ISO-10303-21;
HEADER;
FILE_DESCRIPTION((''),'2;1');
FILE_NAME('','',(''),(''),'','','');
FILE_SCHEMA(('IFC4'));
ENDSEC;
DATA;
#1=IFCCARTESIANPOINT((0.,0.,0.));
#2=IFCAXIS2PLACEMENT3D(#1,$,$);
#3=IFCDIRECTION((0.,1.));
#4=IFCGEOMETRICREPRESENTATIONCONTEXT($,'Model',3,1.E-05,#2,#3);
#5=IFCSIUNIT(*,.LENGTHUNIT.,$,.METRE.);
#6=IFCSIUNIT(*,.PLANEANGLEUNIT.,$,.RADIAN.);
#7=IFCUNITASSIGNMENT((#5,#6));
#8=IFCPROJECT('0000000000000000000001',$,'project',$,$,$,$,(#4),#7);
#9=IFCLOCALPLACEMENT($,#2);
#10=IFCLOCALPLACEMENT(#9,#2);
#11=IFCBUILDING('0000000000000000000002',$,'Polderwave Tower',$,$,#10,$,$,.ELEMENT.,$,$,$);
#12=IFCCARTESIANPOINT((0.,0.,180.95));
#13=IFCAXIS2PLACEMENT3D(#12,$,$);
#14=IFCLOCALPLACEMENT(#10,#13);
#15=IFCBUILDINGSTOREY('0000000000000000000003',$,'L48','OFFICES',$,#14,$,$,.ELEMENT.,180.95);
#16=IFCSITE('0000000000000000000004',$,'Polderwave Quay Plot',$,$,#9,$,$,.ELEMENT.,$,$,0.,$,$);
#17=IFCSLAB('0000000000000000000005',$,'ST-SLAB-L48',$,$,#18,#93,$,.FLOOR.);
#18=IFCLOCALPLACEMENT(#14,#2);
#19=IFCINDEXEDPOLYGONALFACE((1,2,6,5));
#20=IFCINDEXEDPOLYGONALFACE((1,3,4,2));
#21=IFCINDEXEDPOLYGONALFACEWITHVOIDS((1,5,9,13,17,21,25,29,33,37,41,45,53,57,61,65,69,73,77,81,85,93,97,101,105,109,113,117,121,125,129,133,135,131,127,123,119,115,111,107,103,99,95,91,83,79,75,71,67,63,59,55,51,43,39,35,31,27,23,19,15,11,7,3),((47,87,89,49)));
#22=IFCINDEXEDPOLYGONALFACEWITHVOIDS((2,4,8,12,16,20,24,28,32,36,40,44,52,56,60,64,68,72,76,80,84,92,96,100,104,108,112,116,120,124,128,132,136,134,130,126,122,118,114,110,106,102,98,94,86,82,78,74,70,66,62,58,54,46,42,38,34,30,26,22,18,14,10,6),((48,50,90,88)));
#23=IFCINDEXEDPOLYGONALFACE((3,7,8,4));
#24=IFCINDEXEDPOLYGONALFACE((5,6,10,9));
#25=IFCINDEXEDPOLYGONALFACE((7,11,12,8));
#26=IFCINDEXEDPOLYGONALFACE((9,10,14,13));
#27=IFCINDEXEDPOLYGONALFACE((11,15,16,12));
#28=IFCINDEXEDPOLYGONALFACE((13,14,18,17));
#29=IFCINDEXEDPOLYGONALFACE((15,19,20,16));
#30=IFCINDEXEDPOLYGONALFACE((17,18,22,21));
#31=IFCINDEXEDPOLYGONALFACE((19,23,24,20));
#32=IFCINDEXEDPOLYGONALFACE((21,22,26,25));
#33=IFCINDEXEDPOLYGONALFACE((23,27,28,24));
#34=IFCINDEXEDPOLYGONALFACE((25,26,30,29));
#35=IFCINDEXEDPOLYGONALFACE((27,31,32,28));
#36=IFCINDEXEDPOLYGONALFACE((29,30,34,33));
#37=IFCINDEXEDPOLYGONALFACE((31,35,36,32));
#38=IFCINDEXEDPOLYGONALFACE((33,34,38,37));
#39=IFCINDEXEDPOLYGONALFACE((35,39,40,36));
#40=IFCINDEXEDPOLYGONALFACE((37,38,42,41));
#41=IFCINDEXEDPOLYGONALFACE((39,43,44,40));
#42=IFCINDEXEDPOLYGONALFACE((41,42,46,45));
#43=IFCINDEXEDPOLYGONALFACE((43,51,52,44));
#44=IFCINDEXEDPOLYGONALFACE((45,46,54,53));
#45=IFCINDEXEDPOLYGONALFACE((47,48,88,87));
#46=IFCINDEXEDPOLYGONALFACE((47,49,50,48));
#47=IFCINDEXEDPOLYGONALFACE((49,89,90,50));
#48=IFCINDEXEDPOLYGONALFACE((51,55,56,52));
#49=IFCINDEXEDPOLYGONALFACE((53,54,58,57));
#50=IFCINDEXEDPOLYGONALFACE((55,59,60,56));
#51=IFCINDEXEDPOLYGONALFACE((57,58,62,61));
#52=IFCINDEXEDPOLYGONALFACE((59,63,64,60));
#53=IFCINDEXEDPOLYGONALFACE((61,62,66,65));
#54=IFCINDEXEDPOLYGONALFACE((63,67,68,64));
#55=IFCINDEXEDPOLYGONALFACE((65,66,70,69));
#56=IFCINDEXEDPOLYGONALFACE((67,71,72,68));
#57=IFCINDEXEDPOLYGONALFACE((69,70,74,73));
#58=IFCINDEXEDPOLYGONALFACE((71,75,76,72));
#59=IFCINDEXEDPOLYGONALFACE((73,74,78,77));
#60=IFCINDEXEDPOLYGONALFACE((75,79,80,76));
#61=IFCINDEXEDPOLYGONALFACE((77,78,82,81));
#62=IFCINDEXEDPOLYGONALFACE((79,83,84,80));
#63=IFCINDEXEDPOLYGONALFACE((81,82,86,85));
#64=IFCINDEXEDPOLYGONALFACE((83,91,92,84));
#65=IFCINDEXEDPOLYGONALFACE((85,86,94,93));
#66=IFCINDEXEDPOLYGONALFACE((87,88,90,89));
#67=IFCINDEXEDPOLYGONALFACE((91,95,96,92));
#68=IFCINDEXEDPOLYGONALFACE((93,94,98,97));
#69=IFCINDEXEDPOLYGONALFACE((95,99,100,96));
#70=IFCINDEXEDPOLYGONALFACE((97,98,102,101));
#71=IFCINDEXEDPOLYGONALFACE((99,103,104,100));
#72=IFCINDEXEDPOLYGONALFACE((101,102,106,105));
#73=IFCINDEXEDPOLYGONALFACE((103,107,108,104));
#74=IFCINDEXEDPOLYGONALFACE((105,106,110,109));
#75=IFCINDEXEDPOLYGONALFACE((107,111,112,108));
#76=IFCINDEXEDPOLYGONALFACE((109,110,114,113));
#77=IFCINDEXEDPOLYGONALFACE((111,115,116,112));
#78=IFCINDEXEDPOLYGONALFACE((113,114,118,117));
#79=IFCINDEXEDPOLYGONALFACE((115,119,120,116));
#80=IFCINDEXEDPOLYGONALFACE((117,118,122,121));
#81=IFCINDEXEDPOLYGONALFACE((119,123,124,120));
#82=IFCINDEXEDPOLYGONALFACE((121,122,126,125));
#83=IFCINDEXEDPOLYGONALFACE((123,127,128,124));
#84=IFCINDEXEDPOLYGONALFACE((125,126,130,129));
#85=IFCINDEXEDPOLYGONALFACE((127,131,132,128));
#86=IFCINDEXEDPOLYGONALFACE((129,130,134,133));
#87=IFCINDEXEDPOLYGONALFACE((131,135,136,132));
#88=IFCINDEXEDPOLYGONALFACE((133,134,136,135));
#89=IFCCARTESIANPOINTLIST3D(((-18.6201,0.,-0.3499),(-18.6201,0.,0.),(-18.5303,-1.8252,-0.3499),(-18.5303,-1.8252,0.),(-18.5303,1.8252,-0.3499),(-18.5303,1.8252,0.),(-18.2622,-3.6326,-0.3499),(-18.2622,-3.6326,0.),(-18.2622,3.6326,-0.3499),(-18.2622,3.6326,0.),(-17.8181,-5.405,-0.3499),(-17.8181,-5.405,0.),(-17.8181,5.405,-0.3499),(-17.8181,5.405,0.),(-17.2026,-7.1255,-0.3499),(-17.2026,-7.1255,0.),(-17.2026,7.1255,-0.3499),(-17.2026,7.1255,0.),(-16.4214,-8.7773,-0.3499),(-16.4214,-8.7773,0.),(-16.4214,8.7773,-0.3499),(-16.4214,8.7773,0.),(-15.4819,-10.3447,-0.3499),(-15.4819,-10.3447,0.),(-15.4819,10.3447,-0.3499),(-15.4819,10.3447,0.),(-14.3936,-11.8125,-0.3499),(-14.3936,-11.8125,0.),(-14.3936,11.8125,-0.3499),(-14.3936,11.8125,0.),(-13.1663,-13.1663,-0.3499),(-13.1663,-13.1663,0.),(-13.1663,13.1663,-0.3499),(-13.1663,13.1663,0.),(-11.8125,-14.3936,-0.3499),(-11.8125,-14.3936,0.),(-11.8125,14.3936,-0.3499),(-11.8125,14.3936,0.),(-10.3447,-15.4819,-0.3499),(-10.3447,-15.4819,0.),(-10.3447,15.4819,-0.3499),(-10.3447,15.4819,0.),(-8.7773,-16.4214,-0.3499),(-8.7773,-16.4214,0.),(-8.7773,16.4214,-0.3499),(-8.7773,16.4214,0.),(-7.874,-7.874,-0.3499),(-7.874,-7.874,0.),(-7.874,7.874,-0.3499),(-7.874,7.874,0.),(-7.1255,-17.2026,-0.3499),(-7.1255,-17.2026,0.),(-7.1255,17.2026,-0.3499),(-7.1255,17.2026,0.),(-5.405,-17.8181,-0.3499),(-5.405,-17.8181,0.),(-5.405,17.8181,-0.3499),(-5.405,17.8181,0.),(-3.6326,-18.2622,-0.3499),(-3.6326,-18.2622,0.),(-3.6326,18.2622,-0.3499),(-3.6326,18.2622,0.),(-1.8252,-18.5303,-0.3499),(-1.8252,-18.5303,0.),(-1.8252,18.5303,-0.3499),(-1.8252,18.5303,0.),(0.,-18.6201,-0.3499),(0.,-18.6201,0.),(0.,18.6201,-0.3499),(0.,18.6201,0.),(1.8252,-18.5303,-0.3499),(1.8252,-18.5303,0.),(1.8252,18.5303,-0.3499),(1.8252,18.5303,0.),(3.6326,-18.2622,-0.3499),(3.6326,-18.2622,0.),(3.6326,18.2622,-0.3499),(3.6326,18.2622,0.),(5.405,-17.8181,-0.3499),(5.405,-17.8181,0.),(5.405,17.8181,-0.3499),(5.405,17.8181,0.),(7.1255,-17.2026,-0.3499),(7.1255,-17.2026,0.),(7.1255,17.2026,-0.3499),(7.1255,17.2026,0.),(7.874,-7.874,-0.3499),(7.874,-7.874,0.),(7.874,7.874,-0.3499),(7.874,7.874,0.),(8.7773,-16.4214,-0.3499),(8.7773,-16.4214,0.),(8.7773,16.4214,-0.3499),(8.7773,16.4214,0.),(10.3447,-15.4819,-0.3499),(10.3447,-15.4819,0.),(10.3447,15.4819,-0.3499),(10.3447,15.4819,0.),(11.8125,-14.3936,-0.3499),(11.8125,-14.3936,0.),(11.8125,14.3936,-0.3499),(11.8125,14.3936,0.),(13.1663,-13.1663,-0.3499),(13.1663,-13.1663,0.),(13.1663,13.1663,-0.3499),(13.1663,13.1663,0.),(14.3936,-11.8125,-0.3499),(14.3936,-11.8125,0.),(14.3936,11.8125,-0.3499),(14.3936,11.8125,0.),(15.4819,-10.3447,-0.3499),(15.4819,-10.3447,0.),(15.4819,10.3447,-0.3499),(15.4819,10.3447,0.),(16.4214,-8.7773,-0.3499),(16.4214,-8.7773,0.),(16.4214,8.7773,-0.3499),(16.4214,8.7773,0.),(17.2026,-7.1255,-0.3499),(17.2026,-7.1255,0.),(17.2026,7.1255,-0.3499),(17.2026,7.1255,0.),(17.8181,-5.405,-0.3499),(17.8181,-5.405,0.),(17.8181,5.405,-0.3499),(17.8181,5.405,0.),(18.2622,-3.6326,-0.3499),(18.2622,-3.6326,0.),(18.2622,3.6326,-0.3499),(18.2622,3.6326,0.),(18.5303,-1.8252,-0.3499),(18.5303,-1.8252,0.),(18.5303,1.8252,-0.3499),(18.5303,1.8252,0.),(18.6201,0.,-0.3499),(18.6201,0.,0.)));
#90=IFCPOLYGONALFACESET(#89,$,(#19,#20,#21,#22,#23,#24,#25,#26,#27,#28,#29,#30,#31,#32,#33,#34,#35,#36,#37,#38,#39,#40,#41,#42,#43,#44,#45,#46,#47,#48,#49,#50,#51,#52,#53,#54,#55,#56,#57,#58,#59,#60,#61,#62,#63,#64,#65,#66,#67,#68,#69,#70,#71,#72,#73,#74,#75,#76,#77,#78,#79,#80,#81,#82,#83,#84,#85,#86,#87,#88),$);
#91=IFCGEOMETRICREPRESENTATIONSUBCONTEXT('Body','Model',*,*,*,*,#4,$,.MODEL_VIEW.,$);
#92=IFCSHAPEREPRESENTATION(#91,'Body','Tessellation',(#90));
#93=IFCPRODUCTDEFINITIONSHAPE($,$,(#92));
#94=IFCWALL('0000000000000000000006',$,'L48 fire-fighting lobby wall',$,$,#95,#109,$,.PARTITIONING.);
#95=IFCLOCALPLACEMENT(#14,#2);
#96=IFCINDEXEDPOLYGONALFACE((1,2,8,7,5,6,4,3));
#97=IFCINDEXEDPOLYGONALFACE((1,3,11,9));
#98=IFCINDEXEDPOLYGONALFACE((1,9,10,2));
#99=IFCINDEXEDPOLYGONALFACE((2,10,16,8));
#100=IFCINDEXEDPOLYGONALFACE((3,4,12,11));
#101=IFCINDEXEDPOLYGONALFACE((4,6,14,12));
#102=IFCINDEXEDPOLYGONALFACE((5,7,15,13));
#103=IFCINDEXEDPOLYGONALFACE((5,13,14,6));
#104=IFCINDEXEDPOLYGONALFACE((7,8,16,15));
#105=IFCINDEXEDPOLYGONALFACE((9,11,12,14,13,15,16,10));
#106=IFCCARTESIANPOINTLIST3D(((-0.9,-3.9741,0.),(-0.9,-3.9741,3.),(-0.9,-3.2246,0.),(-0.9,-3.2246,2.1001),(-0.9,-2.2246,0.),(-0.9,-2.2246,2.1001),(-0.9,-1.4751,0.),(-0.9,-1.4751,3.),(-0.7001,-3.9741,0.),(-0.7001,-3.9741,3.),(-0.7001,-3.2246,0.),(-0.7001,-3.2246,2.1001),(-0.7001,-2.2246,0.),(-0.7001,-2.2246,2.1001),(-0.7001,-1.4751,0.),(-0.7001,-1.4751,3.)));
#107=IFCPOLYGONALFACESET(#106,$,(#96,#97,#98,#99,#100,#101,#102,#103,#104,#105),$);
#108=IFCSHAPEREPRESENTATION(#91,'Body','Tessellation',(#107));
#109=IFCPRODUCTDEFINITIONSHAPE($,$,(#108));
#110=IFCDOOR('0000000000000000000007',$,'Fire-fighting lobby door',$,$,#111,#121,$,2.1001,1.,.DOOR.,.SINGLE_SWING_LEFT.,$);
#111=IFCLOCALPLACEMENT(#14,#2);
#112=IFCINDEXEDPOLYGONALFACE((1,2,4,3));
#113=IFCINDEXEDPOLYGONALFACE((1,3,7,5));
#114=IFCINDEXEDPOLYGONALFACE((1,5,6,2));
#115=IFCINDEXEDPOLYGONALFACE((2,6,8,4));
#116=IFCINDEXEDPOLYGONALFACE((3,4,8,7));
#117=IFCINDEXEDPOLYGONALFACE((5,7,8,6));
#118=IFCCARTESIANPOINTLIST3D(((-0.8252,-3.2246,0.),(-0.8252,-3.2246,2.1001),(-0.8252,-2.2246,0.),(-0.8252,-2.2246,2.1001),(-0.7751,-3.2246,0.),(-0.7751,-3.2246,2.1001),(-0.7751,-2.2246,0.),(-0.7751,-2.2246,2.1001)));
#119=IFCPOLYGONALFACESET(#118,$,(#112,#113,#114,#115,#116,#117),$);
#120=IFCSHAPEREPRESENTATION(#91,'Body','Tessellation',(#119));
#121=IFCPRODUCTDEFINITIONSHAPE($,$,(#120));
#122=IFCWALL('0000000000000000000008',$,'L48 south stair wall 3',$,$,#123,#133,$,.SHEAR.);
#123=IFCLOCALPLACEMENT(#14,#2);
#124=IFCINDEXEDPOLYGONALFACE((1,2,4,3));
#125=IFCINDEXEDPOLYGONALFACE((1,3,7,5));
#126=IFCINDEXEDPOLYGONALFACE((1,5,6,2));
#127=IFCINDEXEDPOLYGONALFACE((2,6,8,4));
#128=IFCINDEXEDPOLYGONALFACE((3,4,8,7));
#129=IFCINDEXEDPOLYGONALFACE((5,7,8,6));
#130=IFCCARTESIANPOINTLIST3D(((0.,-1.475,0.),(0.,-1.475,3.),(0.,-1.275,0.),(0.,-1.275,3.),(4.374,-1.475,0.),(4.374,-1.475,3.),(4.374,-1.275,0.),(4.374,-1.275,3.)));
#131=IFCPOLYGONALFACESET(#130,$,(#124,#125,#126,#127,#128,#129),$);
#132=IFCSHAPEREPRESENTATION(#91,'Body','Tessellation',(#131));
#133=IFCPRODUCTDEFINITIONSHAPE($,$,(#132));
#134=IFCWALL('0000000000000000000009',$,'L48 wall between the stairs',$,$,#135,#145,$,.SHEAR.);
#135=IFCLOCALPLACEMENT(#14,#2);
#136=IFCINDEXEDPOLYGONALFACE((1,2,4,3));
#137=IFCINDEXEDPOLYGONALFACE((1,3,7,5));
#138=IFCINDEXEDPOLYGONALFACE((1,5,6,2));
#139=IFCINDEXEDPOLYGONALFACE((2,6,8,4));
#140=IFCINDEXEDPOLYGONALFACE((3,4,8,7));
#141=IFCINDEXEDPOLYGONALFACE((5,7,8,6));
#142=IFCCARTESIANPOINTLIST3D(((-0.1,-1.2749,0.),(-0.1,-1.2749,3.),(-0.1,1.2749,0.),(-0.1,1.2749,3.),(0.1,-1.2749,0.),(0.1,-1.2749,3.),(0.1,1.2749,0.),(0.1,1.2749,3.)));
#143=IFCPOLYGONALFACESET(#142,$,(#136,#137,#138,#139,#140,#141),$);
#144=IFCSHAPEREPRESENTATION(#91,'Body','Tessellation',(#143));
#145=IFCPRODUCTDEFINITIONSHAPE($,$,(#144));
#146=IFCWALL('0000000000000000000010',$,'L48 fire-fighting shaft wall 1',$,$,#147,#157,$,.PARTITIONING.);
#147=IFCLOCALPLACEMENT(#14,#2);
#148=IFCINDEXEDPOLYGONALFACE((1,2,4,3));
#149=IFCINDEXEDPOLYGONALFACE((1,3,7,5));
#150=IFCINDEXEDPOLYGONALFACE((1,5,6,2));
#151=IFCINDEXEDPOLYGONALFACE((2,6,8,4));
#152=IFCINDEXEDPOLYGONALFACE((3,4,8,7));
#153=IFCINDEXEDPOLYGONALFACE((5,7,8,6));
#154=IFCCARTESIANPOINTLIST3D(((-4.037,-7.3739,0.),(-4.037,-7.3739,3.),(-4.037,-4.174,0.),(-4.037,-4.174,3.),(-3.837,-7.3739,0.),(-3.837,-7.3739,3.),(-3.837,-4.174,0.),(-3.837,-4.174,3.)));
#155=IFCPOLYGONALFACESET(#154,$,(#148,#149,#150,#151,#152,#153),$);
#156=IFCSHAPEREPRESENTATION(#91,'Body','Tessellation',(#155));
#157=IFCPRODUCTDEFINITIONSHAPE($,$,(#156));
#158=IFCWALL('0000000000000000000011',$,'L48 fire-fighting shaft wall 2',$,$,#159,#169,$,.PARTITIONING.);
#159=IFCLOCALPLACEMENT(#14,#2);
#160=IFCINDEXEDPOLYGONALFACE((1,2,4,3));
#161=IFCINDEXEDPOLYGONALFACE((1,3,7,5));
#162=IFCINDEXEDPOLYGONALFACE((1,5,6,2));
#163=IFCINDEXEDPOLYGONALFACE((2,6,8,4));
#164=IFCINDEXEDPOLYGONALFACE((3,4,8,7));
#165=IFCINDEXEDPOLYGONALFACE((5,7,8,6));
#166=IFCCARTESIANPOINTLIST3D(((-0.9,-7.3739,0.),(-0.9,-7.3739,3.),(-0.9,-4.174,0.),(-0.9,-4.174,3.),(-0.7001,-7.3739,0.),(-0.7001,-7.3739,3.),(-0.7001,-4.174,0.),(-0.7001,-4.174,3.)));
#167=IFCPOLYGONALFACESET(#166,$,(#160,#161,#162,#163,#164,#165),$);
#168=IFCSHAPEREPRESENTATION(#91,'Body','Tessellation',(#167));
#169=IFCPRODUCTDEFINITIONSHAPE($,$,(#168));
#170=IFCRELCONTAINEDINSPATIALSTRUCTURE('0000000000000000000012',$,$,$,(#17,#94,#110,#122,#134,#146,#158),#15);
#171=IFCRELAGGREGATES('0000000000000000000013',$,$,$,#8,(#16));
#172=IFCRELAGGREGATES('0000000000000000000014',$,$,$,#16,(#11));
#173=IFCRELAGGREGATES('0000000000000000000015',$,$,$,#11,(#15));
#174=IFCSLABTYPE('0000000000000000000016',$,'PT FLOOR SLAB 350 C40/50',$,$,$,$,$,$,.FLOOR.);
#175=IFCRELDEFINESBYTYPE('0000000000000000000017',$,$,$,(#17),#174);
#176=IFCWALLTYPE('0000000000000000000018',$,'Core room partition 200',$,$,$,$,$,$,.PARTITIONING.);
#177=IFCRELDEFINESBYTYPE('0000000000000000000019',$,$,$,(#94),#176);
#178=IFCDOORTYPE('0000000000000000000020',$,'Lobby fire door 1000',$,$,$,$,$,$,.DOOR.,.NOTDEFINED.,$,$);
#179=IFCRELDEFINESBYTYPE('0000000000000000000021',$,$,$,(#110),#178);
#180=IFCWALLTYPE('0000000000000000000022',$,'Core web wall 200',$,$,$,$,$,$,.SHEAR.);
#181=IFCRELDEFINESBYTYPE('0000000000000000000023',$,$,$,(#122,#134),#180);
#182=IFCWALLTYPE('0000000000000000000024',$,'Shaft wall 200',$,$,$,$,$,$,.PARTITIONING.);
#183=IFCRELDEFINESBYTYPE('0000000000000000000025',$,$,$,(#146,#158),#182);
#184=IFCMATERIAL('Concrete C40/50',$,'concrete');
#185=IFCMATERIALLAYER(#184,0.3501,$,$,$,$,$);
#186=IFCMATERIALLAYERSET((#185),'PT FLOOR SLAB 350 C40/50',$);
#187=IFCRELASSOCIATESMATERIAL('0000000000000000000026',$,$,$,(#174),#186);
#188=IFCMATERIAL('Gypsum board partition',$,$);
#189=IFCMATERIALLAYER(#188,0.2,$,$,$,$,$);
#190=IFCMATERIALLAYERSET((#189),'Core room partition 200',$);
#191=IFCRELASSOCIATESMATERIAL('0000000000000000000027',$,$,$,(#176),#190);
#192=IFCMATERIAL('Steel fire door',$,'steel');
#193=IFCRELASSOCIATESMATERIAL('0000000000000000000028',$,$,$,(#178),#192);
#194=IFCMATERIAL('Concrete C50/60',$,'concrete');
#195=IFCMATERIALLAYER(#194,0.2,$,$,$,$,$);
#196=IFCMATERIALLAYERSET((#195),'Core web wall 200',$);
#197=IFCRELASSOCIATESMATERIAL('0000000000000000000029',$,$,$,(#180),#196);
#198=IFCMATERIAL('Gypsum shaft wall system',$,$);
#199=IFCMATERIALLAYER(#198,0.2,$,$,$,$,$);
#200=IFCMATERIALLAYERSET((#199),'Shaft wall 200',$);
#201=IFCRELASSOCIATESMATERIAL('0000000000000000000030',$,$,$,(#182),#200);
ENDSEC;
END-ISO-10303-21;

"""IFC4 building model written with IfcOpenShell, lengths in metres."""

from ifc_helpers import new_model, si_unit, direction, frame, frame_2d, origin, place, context, subcontext, project, spatial, polyline, rectangle, outline, extrude, material, layer, layer_set, type_object, element, fill, save


model = new_model("IFC4")

# Units and contexts
model_context = context("Model", 3, precision=1e-05, world=origin(), true_north=direction((0.0, 1.0)))
body_context = subcontext(model_context, "Body", "Model", "MODEL_VIEW")
ifc_project = project(units=[si_unit("LENGTHUNIT", "METRE"), si_unit("PLANEANGLEUNIT", "RADIAN")], contexts=[model_context])

# Site, building, storey
site_placement = place(None, origin())
site = spatial("IfcSite", under=ifc_project, at=site_placement, Name="Polderwave Quay Plot", CompositionType="ELEMENT", RefElevation=0.0)
building_placement = place(site_placement, origin())
building = spatial("IfcBuilding", under=site, at=building_placement, Name="Polderwave Tower", CompositionType="ELEMENT")
storey_placement = place(building_placement, frame((0.0, 0.0, 180.95)))
storey = spatial("IfcBuildingStorey", under=building, at=storey_placement, Name="L48", Description="OFFICES", CompositionType="ELEMENT", Elevation=180.95)

# Slab
ifc_material_1 = material(Name="Concrete C40/50", Category="concrete")
ifc_layer_1 = layer(ifc_material_1, 0.3501)
ifc_layer_set_1 = layer_set([ifc_layer_1], Name="PT FLOOR SLAB 350 C40/50")
slab_type = type_object("IfcSlabType", Name="PT FLOOR SLAB 350 C40/50", PredefinedType="FLOOR", material=ifc_layer_set_1)
slab_placement = place(storey_placement, frame((0.0, 0.0, -0.3499)))
element("IfcSlab", 1, at=slab_placement, inside=storey, type_object=slab_type, Name="ST-SLAB-L48", PredefinedType="FLOOR", context=body_context, shape_type="SweptSolid", body=[
    extrude(outline(polyline([(18.6201, 0.0), (18.5303, 1.8252), (18.2622, 3.6326), (17.8181, 5.405), (17.2026, 7.1255), (16.4214, 8.7773), (15.4819, 10.3447), (14.3936, 11.8125), (13.1663, 13.1663), (11.8125, 14.3936), (10.3447, 15.4819), (8.7773, 16.4214), (7.1255, 17.2026), (5.405, 17.8181), (3.6326, 18.2622), (1.8252, 18.5303), (0.0, 18.6201), (-1.8252, 18.5303), (-3.6326, 18.2622), (-5.405, 17.8181), (-7.1255, 17.2026), (-8.7773, 16.4214), (-10.3447, 15.4819), (-11.8125, 14.3936), (-13.1663, 13.1663), (-14.3936, 11.8125), (-15.4819, 10.3447), (-16.4214, 8.7773), (-17.2026, 7.1255), (-17.8181, 5.405), (-18.2622, 3.6326), (-18.5303, 1.8252), (-18.6201, 0.0), (-18.5303, -1.8252), (-18.2622, -3.6326), (-17.8181, -5.405), (-17.2026, -7.1255), (-16.4214, -8.7773), (-15.4819, -10.3447), (-14.3936, -11.8125), (-13.1663, -13.1663), (-11.8125, -14.3936), (-10.3447, -15.4819), (-8.7773, -16.4214), (-7.1255, -17.2026), (-5.405, -17.8181), (-3.6326, -18.2622), (-1.8252, -18.5303), (0.0, -18.6201), (1.8252, -18.5303), (3.6326, -18.2622), (5.405, -17.8181), (7.1255, -17.2026), (8.7773, -16.4214), (10.3447, -15.4819), (11.8125, -14.3936), (13.1663, -13.1663), (14.3936, -11.8125), (15.4819, -10.3447), (16.4214, -8.7773), (17.2026, -7.1255), (17.8181, -5.405), (18.2622, -3.6326), (18.5303, -1.8252), (18.6201, 0.0)]), holes=[polyline([(-7.874, -7.874), (7.874, -7.874), (7.874, 7.874), (-7.874, 7.874), (-7.874, -7.874)])]), origin(), (0.0, 0.0, 1.0), 0.3499),
])

# Wall, opening, door
ifc_material_2 = material(Name="Gypsum board partition")
ifc_layer_2 = layer(ifc_material_2, 0.2)
ifc_layer_set_2 = layer_set([ifc_layer_2], Name="Core room partition 200")
wall_type_1 = type_object("IfcWallType", Name="Core room partition 200", PredefinedType="PARTITIONING", material=ifc_layer_set_2)
wall_1_placement = place(storey_placement, frame((-0.8, -3.9741, 0.0), z_axis=(0.0, 0.0, 1.0), x_axis=(0.0, 1.0, 0.0)))
wall_1 = element("IfcWall", 2, at=wall_1_placement, inside=storey, type_object=wall_type_1, Name="L48 fire-fighting lobby wall", PredefinedType="PARTITIONING", context=body_context, shape_type="SweptSolid", body=[
    extrude(rectangle(XDim=2.499, YDim=0.2, at=frame_2d((1.2495, 0.0))), origin(), (0.0, 0.0, 1.0), 3.0),
])
opening_placement = place(wall_1_placement, frame((0.7495, 0.0, 0.0)))
opening = element("IfcOpeningElement", 3, at=opening_placement, cuts=wall_1, PredefinedType="OPENING", context=body_context, shape_type="SweptSolid", body=[
    extrude(rectangle(XDim=1.0, YDim=2.1001, at=frame_2d((0.5, 1.05))), frame((0.0, 0.1099, 0.0), z_axis=(0.0, -1.0, 0.0), x_axis=(1.0, 0.0, 0.0)), (0.0, 0.0, 1.0), 0.22),
])
ifc_material_3 = material(Name="Steel fire door", Category="steel")
door_type = type_object("IfcDoorType", Name="Lobby fire door 1000", OperationType="NOTDEFINED", PredefinedType="DOOR", material=ifc_material_3)
door_placement = place(opening_placement, frame((1.0, 0.0, 0.0), z_axis=(0.0, 0.0, 1.0), x_axis=(-1.0, 0.0, 0.0)))
door = element("IfcDoor", 4, at=door_placement, inside=storey, type_object=door_type, Name="Fire-fighting lobby door", OperationType="SINGLE_SWING_LEFT", OverallHeight=2.1001, OverallWidth=1.0, PredefinedType="DOOR", context=body_context, shape_type="SweptSolid", body=[
    extrude(rectangle(XDim=1.0, YDim=2.1001, at=frame_2d((0.5, 1.05))), frame((0.0, 0.0249, 0.0), z_axis=(0.0, -1.0, 0.0), x_axis=(1.0, 0.0, 0.0)), (0.0, 0.0, 1.0), 0.05),
])
fill(opening, door)

# Walls
ifc_material_4 = material(Name="Concrete C50/60", Category="concrete")
ifc_layer_3 = layer(ifc_material_4, 0.2)
ifc_layer_set_3 = layer_set([ifc_layer_3], Name="Core web wall 200")
wall_type_2 = type_object("IfcWallType", Name="Core web wall 200", PredefinedType="SHEAR", material=ifc_layer_set_3)
wall_2_placement = place(storey_placement, frame((0.0, -1.375, 0.0), z_axis=(0.0, 0.0, 1.0), x_axis=(1.0, 0.0, 0.0)))
element("IfcWall", 5, at=wall_2_placement, inside=storey, type_object=wall_type_2, Name="L48 south stair wall 3", PredefinedType="SHEAR", context=body_context, shape_type="SweptSolid", body=[
    extrude(rectangle(XDim=4.374, YDim=0.2, at=frame_2d((2.187, 0.0))), origin(), (0.0, 0.0, 1.0), 3.0),
])
wall_3_placement = place(storey_placement, frame((0.0, -1.2749, 0.0), z_axis=(0.0, 0.0, 1.0), x_axis=(0.0, 1.0, 0.0)))
element("IfcWall", 6, at=wall_3_placement, inside=storey, type_object=wall_type_2, Name="L48 wall between the stairs", PredefinedType="SHEAR", context=body_context, shape_type="SweptSolid", body=[
    extrude(rectangle(XDim=2.5498, YDim=0.2, at=frame_2d((1.2749, 0.0))), origin(), (0.0, 0.0, 1.0), 3.0),
])
ifc_material_5 = material(Name="Gypsum shaft wall system")
ifc_layer_4 = layer(ifc_material_5, 0.2)
ifc_layer_set_4 = layer_set([ifc_layer_4], Name="Shaft wall 200")
wall_type_3 = type_object("IfcWallType", Name="Shaft wall 200", PredefinedType="PARTITIONING", material=ifc_layer_set_4)
for number, where, z_axis, x_axis, name in (
    (7, (-3.937, -7.374, 0.0), (0.0, 0.0, 1.0), (0.0, 1.0, 0.0), "L48 fire-fighting shaft wall 1"),
    (8, (-0.8, -7.374, 0.0), (0.0, 0.0, 1.0), (0.0, 1.0, 0.0), "L48 fire-fighting shaft wall 2"),
):
    element("IfcWall", number, at=place(storey_placement, frame(where, z_axis=z_axis, x_axis=x_axis)), inside=storey, type_object=wall_type_3, Name=name, PredefinedType="PARTITIONING", context=body_context, shape_type="SweptSolid", body=[
        extrude(rectangle(XDim=3.2, YDim=0.2, at=frame_2d((1.6001, 0.0))), origin(), (0.0, 0.0, 1.0), 3.0),
    ])

save(model, "model.ifc")
